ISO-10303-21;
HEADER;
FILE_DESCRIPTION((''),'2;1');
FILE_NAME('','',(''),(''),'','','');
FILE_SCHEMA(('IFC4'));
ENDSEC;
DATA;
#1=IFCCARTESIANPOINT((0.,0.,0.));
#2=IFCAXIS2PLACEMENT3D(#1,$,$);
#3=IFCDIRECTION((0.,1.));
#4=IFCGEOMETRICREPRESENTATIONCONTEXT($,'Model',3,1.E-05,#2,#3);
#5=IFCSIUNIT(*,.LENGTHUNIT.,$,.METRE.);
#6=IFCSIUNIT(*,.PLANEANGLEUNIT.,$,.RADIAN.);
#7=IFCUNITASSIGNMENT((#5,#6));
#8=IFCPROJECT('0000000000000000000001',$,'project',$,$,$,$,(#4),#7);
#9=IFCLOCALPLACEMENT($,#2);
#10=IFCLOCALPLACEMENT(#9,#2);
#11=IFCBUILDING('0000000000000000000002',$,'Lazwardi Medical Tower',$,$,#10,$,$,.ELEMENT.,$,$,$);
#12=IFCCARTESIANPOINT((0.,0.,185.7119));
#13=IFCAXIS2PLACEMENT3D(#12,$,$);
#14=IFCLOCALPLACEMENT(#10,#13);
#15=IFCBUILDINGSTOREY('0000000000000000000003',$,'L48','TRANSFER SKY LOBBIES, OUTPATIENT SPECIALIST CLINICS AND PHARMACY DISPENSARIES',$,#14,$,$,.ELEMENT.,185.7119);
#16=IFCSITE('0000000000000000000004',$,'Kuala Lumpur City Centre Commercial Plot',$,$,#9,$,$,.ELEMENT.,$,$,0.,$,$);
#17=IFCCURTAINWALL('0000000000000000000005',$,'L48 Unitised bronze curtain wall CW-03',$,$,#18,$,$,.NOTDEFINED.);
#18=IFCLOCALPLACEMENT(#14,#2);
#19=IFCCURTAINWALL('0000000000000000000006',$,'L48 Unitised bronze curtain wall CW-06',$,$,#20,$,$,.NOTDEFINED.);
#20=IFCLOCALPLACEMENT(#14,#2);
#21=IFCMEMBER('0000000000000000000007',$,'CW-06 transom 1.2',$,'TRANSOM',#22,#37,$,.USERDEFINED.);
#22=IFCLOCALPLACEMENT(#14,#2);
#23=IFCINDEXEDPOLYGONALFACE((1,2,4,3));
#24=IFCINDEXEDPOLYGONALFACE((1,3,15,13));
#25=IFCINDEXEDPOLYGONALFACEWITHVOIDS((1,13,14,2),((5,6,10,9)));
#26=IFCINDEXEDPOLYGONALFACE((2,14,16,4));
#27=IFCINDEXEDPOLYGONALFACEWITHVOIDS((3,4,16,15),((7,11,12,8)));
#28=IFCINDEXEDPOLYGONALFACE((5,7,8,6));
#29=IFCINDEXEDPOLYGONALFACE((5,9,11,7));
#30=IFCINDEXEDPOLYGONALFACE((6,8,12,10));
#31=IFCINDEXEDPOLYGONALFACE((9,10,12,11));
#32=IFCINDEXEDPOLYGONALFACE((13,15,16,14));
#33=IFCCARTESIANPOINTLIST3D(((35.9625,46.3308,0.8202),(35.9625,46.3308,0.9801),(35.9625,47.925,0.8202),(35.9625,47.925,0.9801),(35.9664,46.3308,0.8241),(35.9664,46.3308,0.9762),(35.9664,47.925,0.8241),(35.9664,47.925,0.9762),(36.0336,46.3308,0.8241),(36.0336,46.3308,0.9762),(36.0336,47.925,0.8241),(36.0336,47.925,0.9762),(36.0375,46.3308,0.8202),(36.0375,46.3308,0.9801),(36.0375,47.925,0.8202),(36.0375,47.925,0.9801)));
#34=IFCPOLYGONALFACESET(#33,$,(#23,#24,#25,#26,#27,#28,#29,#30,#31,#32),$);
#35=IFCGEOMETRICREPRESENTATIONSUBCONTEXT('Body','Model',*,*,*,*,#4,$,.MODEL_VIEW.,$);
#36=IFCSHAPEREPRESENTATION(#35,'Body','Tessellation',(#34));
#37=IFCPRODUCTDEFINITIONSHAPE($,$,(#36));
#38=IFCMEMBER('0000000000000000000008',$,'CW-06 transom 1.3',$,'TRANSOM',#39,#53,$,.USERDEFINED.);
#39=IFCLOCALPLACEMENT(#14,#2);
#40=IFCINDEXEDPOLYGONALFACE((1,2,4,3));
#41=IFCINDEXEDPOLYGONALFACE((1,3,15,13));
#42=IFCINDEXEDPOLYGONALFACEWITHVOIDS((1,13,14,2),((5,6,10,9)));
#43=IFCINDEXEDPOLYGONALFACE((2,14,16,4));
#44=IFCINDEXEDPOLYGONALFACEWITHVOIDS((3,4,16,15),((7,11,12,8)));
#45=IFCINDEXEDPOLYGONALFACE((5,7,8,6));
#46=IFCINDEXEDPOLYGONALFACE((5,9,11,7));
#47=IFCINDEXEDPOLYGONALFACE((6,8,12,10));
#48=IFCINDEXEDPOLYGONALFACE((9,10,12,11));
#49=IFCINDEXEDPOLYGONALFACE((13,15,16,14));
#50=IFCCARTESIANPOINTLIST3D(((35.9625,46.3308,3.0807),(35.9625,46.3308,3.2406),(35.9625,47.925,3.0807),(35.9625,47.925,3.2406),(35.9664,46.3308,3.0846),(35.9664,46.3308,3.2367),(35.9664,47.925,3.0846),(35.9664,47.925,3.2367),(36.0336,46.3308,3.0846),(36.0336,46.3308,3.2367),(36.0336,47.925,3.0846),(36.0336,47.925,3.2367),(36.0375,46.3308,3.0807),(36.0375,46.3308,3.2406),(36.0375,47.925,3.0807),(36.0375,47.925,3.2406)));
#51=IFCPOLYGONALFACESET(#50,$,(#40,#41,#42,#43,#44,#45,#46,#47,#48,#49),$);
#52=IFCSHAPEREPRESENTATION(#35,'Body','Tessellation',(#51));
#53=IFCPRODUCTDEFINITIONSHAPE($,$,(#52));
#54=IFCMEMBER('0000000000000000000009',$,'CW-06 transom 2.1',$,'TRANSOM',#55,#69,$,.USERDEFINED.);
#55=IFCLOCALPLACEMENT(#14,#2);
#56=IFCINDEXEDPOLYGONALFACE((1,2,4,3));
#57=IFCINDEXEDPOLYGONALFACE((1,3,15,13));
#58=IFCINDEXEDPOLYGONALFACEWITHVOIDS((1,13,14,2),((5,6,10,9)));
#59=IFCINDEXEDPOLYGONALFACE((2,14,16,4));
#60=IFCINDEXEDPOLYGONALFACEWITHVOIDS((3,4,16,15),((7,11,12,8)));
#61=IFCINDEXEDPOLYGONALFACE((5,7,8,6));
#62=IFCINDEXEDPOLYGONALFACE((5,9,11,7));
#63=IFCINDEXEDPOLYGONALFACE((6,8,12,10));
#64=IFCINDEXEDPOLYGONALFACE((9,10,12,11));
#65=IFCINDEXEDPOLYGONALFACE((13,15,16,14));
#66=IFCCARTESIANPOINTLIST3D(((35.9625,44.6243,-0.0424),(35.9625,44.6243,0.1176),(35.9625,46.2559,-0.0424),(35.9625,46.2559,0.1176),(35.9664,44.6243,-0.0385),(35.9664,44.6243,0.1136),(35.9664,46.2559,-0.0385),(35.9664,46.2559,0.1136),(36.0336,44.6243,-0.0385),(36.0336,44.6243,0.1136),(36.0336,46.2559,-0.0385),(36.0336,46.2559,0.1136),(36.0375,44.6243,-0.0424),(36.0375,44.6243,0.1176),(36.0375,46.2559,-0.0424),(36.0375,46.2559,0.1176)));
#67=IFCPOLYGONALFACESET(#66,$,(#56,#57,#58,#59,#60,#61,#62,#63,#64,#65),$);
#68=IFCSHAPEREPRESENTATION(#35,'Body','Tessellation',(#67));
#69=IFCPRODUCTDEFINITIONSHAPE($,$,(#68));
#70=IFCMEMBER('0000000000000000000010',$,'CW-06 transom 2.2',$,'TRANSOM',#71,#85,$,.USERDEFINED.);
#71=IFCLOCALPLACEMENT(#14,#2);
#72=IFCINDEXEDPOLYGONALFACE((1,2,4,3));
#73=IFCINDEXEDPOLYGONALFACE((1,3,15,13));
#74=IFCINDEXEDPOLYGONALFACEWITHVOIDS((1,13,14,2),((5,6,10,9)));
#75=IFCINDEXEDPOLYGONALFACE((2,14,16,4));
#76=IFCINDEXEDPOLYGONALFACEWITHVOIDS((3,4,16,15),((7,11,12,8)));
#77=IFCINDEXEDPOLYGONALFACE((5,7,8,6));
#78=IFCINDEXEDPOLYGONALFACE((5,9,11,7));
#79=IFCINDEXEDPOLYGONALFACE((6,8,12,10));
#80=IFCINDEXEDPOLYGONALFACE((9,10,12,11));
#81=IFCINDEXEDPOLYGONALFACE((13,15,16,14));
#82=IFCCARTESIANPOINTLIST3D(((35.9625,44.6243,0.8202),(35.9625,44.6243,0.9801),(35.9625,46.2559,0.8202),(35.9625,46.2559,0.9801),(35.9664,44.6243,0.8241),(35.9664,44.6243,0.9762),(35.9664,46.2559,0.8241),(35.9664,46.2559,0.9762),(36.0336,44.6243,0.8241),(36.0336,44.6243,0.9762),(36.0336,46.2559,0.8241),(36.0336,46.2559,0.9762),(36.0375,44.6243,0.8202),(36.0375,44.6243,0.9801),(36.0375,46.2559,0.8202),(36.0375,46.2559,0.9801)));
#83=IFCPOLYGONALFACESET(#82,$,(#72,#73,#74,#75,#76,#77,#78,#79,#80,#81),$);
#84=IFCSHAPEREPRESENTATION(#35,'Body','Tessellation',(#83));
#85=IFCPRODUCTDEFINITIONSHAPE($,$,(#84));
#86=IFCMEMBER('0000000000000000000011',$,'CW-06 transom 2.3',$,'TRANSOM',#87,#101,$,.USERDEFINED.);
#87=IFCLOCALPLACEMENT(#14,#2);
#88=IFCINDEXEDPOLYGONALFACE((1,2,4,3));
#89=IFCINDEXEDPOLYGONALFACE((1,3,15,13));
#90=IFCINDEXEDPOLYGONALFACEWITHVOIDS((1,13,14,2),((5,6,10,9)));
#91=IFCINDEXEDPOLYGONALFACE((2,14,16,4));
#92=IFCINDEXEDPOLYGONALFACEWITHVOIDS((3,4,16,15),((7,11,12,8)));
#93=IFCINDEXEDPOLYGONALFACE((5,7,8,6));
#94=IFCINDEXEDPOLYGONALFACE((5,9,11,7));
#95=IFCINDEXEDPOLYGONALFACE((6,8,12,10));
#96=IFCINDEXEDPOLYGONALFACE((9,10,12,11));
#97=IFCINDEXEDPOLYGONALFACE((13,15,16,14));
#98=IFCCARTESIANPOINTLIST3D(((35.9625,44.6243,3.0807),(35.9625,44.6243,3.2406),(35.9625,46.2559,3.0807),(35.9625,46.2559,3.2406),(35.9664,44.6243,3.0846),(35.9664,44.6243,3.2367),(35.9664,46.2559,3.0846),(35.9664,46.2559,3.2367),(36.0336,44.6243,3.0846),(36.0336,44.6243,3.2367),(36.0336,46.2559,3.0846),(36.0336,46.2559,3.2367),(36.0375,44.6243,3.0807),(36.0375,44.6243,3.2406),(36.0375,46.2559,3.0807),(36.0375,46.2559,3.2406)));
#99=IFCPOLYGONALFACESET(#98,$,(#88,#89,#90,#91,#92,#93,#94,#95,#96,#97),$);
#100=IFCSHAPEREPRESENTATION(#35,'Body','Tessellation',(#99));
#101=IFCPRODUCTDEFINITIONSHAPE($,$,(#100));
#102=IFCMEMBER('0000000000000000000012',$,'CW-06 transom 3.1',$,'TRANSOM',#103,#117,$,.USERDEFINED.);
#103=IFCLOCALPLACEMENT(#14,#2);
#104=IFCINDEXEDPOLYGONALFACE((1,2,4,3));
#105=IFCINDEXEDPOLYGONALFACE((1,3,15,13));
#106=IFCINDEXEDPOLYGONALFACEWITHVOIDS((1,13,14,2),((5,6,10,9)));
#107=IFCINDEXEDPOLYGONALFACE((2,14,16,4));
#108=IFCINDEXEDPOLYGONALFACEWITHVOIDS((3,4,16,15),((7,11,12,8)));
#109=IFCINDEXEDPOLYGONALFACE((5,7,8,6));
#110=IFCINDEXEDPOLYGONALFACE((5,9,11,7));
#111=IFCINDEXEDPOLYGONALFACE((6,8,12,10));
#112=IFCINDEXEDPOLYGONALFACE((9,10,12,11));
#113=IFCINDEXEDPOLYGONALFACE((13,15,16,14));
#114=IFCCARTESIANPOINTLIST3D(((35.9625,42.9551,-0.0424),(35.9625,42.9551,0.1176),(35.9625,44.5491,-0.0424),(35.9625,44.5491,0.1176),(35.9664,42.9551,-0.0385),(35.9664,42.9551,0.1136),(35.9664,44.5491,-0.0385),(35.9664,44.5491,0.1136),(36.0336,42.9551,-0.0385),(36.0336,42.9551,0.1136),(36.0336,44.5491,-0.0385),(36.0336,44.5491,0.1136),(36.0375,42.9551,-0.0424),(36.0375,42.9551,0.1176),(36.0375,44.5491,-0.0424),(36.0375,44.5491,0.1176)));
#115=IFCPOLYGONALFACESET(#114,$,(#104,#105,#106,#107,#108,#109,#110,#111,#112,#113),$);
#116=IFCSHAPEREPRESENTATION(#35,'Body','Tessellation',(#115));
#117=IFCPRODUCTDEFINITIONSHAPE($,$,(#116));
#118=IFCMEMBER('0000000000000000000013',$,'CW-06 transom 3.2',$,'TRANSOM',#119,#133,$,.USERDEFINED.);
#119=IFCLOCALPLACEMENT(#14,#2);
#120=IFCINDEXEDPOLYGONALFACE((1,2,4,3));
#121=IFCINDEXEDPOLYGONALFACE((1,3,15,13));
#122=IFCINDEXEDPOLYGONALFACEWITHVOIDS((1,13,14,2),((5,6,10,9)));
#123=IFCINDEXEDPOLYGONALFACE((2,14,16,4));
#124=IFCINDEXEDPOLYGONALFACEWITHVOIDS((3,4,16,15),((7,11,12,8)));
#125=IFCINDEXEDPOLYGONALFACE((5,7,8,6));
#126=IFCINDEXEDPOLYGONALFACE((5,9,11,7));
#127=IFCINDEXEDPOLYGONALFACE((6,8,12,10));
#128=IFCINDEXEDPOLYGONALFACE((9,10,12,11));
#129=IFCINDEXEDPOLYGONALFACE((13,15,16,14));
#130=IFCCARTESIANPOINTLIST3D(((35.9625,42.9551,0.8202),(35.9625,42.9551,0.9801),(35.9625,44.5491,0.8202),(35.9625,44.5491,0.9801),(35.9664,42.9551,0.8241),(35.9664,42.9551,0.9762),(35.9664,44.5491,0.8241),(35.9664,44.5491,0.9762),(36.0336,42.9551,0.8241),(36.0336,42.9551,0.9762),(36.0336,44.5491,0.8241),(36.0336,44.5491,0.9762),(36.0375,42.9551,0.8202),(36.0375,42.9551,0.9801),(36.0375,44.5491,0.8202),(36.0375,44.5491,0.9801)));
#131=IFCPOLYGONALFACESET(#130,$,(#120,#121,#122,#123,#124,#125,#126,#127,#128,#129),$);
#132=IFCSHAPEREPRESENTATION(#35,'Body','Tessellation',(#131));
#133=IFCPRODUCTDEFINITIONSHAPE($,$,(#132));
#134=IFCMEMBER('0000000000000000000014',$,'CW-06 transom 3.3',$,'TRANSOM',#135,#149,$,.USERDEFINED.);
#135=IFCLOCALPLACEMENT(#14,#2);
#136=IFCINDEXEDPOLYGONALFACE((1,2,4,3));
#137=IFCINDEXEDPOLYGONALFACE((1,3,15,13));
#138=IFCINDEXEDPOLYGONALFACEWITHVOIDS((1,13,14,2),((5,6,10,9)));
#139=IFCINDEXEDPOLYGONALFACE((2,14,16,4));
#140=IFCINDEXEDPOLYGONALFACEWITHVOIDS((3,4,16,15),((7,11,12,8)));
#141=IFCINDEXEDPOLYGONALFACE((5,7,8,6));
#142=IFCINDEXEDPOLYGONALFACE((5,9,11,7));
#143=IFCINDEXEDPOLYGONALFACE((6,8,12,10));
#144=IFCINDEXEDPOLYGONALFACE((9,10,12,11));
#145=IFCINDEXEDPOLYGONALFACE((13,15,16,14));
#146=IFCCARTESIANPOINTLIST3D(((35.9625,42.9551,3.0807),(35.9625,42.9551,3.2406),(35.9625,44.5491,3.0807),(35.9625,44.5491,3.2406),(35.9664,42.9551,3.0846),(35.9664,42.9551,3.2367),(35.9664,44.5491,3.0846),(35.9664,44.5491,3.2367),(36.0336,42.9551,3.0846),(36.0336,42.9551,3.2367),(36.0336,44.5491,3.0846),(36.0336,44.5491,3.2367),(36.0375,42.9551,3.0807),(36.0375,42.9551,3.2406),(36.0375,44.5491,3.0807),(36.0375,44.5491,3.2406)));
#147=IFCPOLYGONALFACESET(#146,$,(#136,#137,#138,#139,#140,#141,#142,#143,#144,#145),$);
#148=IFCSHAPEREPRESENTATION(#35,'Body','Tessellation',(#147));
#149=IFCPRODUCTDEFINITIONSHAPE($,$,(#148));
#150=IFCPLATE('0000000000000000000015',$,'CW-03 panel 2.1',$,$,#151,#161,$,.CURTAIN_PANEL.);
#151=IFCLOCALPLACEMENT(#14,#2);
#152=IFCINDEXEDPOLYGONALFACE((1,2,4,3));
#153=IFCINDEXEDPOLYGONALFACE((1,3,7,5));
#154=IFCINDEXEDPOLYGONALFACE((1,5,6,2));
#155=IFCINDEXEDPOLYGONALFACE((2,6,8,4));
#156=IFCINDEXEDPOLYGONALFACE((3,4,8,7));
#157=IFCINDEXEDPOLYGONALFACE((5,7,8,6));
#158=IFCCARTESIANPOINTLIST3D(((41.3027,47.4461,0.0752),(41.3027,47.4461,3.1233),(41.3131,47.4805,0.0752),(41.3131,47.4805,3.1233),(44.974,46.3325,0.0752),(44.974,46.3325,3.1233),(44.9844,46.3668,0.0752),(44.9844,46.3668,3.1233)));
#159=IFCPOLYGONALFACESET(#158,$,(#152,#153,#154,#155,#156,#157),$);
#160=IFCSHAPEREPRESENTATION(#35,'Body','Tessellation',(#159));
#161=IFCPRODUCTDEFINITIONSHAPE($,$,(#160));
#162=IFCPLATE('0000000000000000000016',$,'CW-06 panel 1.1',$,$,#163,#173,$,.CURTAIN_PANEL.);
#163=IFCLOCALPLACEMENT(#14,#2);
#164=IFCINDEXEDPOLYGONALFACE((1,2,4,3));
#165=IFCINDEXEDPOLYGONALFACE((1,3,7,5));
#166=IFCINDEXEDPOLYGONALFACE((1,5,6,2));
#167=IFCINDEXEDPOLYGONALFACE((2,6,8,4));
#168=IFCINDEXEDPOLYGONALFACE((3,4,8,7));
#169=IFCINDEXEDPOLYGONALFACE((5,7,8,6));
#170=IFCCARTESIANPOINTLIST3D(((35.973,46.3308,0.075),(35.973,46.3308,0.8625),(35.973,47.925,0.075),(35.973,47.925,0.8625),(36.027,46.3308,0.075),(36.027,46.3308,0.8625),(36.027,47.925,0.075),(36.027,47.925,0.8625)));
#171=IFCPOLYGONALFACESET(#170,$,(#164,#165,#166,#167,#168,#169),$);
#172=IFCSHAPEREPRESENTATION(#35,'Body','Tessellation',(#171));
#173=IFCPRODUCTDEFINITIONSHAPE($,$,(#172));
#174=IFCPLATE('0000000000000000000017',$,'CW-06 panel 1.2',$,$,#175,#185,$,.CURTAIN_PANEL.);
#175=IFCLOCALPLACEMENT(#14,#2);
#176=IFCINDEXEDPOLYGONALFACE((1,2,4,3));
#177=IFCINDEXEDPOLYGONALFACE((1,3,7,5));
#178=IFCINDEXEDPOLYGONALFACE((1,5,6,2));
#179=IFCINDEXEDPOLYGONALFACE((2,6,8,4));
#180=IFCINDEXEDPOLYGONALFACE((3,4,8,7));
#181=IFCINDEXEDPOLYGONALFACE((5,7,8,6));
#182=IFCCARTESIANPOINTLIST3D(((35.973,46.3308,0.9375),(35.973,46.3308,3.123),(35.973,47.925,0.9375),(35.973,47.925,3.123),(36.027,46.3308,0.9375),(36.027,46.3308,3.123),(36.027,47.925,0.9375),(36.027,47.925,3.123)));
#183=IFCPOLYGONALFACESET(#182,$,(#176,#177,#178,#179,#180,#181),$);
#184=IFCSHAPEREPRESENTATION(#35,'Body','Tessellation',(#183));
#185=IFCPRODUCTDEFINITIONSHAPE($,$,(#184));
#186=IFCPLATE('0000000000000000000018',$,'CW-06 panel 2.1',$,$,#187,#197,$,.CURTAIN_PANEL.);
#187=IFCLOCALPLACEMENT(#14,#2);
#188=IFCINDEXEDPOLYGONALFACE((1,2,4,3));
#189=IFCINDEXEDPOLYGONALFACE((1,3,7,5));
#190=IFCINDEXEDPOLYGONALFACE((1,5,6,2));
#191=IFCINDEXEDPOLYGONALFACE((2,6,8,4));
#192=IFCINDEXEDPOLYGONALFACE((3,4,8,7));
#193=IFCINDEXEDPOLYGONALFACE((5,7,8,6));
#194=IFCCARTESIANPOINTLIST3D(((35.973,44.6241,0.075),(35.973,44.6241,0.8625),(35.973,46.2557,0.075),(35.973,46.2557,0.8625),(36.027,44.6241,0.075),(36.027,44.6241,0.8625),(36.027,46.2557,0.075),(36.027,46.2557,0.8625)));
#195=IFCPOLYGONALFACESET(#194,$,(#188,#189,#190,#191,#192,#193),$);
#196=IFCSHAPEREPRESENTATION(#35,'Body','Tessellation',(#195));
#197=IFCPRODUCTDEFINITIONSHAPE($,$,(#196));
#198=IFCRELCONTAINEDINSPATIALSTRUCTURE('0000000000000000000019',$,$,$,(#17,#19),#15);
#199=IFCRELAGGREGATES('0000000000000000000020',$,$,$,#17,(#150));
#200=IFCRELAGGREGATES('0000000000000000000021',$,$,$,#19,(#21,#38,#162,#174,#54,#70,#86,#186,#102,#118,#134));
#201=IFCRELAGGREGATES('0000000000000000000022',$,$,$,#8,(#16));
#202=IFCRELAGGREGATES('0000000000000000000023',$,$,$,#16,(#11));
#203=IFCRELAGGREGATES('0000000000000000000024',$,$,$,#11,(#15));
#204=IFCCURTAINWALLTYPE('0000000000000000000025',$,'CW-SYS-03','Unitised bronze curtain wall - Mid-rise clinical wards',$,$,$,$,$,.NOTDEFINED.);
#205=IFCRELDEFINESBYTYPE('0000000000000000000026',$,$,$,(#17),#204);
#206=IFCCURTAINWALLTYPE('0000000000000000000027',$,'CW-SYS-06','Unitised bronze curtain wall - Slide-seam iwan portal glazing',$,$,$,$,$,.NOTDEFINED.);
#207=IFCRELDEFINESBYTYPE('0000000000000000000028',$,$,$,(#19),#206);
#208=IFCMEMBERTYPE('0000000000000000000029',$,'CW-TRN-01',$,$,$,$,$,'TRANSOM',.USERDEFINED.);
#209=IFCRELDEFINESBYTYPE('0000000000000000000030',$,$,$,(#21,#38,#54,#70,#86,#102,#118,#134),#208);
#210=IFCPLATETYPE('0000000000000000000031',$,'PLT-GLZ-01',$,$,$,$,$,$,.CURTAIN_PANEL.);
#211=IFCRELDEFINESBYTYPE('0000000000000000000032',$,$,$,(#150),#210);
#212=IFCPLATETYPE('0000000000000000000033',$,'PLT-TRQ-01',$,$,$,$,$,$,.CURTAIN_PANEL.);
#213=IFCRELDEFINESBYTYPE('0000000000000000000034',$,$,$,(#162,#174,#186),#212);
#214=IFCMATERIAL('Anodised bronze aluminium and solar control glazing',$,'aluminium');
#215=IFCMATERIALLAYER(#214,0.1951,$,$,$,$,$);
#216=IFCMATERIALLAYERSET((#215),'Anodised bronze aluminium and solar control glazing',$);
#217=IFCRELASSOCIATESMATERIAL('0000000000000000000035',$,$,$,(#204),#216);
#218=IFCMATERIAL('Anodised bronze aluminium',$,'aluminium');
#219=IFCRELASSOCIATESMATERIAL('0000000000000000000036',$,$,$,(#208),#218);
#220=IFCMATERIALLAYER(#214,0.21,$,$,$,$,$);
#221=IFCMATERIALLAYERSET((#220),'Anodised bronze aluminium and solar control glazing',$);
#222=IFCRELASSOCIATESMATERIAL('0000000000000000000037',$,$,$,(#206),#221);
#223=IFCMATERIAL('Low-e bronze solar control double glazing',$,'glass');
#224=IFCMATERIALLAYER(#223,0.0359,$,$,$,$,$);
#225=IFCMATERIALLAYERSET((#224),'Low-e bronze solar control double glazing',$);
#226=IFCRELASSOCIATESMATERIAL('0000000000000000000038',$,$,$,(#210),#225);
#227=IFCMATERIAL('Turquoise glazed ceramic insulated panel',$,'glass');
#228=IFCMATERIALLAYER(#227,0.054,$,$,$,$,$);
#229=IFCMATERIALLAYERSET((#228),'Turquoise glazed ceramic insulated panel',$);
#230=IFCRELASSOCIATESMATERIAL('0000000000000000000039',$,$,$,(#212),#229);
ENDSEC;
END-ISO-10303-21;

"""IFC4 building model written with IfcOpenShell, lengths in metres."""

from ifc_helpers import new_model, si_unit, direction, frame, origin, origin_2d, place, context, subcontext, project, spatial, rectangle, hollow_rectangle, extrude, material, layer, layer_set, material_profile, profile_set, type_object, element, aggregate, save


model = new_model("IFC4")

# Units and contexts
model_context = context("Model", 3, precision=1e-05, world=origin(), true_north=direction((0.0, 1.0)))
body_context = subcontext(model_context, "Body", "Model", "MODEL_VIEW")
ifc_project = project(units=[si_unit("LENGTHUNIT", "METRE"), si_unit("PLANEANGLEUNIT", "RADIAN")], contexts=[model_context])

# Site, building, storey
site_placement = place(None, origin())
site = spatial("IfcSite", under=ifc_project, at=site_placement, Name="Kuala Lumpur City Centre Commercial Plot", CompositionType="ELEMENT", RefElevation=0.0)
building_placement = place(site_placement, origin())
building = spatial("IfcBuilding", under=site, at=building_placement, Name="Lazwardi Medical Tower", CompositionType="ELEMENT")
storey_placement = place(building_placement, frame((0.0, 0.0, 185.7119)))
storey = spatial("IfcBuildingStorey", under=building, at=storey_placement, Name="L48", Description="TRANSFER SKY LOBBIES, OUTPATIENT SPECIALIST CLINICS AND PHARMACY DISPENSARIES", CompositionType="ELEMENT", Elevation=185.7119)

# Curtain walls, members
ifc_material_1 = material(Name="Anodised bronze aluminium and solar control glazing", Category="aluminium")
ifc_layer_1 = layer(ifc_material_1, 0.1951)
ifc_layer_set_1 = layer_set([ifc_layer_1], Name="Anodised bronze aluminium and solar control glazing")
curtain_wall_type_1 = type_object("IfcCurtainWallType", Name="CW-SYS-03", Description="Unitised bronze curtain wall - Mid-rise clinical wards", PredefinedType="NOTDEFINED", material=ifc_layer_set_1)
curtain_wall_1_placement = place(storey_placement, origin())
curtain_wall_1 = element("IfcCurtainWall", 1, at=curtain_wall_1_placement, inside=storey, type_object=curtain_wall_type_1, Name="L48 Unitised bronze curtain wall CW-03", PredefinedType="NOTDEFINED")
ifc_material_2 = material(Name="Anodised bronze aluminium", Category="aluminium")
ifc_material_profile_1 = material_profile(ifc_material_2, hollow_rectangle(XDim=0.075, YDim=0.1599, WallThickness=0.0039, at=origin_2d()), Name="ALU-TRANSOM 160x75x4")
ifc_profile_set_1 = profile_set([ifc_material_profile_1], Name="Anodised bronze aluminium")
member_type_1 = type_object("IfcMemberType", Name="CW-TRN-01", ElementType="TRANSOM", PredefinedType="USERDEFINED", material=ifc_profile_set_1)
ifc_layer_2 = layer(ifc_material_1, 0.21)
ifc_layer_set_2 = layer_set([ifc_layer_2], Name="Anodised bronze aluminium and solar control glazing")
curtain_wall_type_2 = type_object("IfcCurtainWallType", Name="CW-SYS-06", Description="Unitised bronze curtain wall - Slide-seam iwan portal glazing", PredefinedType="NOTDEFINED", material=ifc_layer_set_2)
curtain_wall_2_placement = place(storey_placement, origin())
curtain_wall_2 = element("IfcCurtainWall", 2, at=curtain_wall_2_placement, inside=storey, type_object=curtain_wall_type_2, Name="L48 Unitised bronze curtain wall CW-06", PredefinedType="NOTDEFINED")
member_1_placement = place(storey_placement, frame((36.0, 47.925, 0.9001), z_axis=(0.0, -1.0, 0.0), x_axis=(1.0, 0.0, 0.0)))
member_1 = element("IfcMember", 3, at=member_1_placement, type_object=member_type_1, Name="CW-06 transom 1.2", ObjectType="TRANSOM", PredefinedType="USERDEFINED", context=body_context, shape_type="SweptSolid", body=[
    extrude(hollow_rectangle(XDim=0.075, YDim=0.1599, WallThickness=0.0039, at=origin_2d()), origin(), (0.0, 0.0, 1.0), 1.5942),
])
member_2_placement = place(storey_placement, frame((36.0, 47.925, 3.1606), z_axis=(0.0, -1.0, 0.0), x_axis=(1.0, 0.0, 0.0)))
member_2 = element("IfcMember", 4, at=member_2_placement, type_object=member_type_1, Name="CW-06 transom 1.3", ObjectType="TRANSOM", PredefinedType="USERDEFINED", context=body_context, shape_type="SweptSolid", body=[
    extrude(hollow_rectangle(XDim=0.075, YDim=0.1599, WallThickness=0.0039, at=origin_2d()), origin(), (0.0, 0.0, 1.0), 1.5942),
])
member_3_placement = place(storey_placement, frame((36.0, 46.2559, 0.0376), z_axis=(0.0, -1.0, 0.0), x_axis=(1.0, 0.0, 0.0)))
member_3 = element("IfcMember", 5, at=member_3_placement, type_object=member_type_1, Name="CW-06 transom 2.1", ObjectType="TRANSOM", PredefinedType="USERDEFINED", context=body_context, shape_type="SweptSolid", body=[
    extrude(hollow_rectangle(XDim=0.075, YDim=0.1599, WallThickness=0.0039, at=origin_2d()), origin(), (0.0, 0.0, 1.0), 1.6316),
])
member_4_placement = place(storey_placement, frame((36.0, 46.2559, 0.9001), z_axis=(0.0, -1.0, 0.0), x_axis=(1.0, 0.0, 0.0)))
member_4 = element("IfcMember", 6, at=member_4_placement, type_object=member_type_1, Name="CW-06 transom 2.2", ObjectType="TRANSOM", PredefinedType="USERDEFINED", context=body_context, shape_type="SweptSolid", body=[
    extrude(hollow_rectangle(XDim=0.075, YDim=0.1599, WallThickness=0.0039, at=origin_2d()), origin(), (0.0, 0.0, 1.0), 1.6316),
])
member_5_placement = place(storey_placement, frame((36.0, 46.2559, 3.1606), z_axis=(0.0, -1.0, 0.0), x_axis=(1.0, 0.0, 0.0)))
member_5 = element("IfcMember", 7, at=member_5_placement, type_object=member_type_1, Name="CW-06 transom 2.3", ObjectType="TRANSOM", PredefinedType="USERDEFINED", context=body_context, shape_type="SweptSolid", body=[
    extrude(hollow_rectangle(XDim=0.075, YDim=0.1599, WallThickness=0.0039, at=origin_2d()), origin(), (0.0, 0.0, 1.0), 1.6316),
])
member_6_placement = place(storey_placement, frame((36.0, 44.5491, 0.0376), z_axis=(0.0, -1.0, 0.0), x_axis=(1.0, 0.0, 0.0)))
member_6 = element("IfcMember", 8, at=member_6_placement, type_object=member_type_1, Name="CW-06 transom 3.1", ObjectType="TRANSOM", PredefinedType="USERDEFINED", context=body_context, shape_type="SweptSolid", body=[
    extrude(hollow_rectangle(XDim=0.075, YDim=0.1599, WallThickness=0.0039, at=origin_2d()), origin(), (0.0, 0.0, 1.0), 1.594),
])
member_7_placement = place(storey_placement, frame((36.0, 44.5491, 0.9001), z_axis=(0.0, -1.0, 0.0), x_axis=(1.0, 0.0, 0.0)))
member_7 = element("IfcMember", 9, at=member_7_placement, type_object=member_type_1, Name="CW-06 transom 3.2", ObjectType="TRANSOM", PredefinedType="USERDEFINED", context=body_context, shape_type="SweptSolid", body=[
    extrude(hollow_rectangle(XDim=0.075, YDim=0.1599, WallThickness=0.0039, at=origin_2d()), origin(), (0.0, 0.0, 1.0), 1.594),
])
member_8_placement = place(storey_placement, frame((36.0, 44.5491, 3.1606), z_axis=(0.0, -1.0, 0.0), x_axis=(1.0, 0.0, 0.0)))
member_8 = element("IfcMember", 10, at=member_8_placement, type_object=member_type_1, Name="CW-06 transom 3.3", ObjectType="TRANSOM", PredefinedType="USERDEFINED", context=body_context, shape_type="SweptSolid", body=[
    extrude(hollow_rectangle(XDim=0.075, YDim=0.1599, WallThickness=0.0039, at=origin_2d()), origin(), (0.0, 0.0, 1.0), 1.594),
])

# Plates
ifc_material_3 = material(Name="Low-e bronze solar control double glazing", Category="glass")
ifc_layer_3 = layer(ifc_material_3, 0.0359)
ifc_layer_set_3 = layer_set([ifc_layer_3], Name="Low-e bronze solar control double glazing")
plate_type_1 = type_object("IfcPlateType", Name="PLT-GLZ-01", PredefinedType="CURTAIN_PANEL", material=ifc_layer_set_3)
plate_1_placement = place(storey_placement, frame((43.1436, 46.9065, 0.0752), z_axis=(0.0, 0.0, 1.0), x_axis=(-0.956942, 0.290281, 0.0)))
plate_1 = element("IfcPlate", 11, at=plate_1_placement, type_object=plate_type_1, Name="CW-03 panel 2.1", PredefinedType="CURTAIN_PANEL", context=body_context, shape_type="SweptSolid", body=[
    extrude(rectangle(XDim=3.8364, YDim=0.0359, at=origin_2d()), origin(), (0.0, 0.0, 1.0), 3.0481),
])
aggregate(curtain_wall_1, [plate_1])
ifc_material_4 = material(Name="Turquoise glazed ceramic insulated panel", Category="glass")
ifc_layer_4 = layer(ifc_material_4, 0.054)
ifc_layer_set_4 = layer_set([ifc_layer_4], Name="Turquoise glazed ceramic insulated panel")
plate_type_2 = type_object("IfcPlateType", Name="PLT-TRQ-01", PredefinedType="CURTAIN_PANEL", material=ifc_layer_set_4)
plate_2_placement = place(storey_placement, frame((36.0, 47.1279, 0.075), z_axis=(0.0, 0.0, 1.0), x_axis=(0.0, -1.0, 0.0)))
plate_2 = element("IfcPlate", 12, at=plate_2_placement, type_object=plate_type_2, Name="CW-06 panel 1.1", PredefinedType="CURTAIN_PANEL", context=body_context, shape_type="SweptSolid", body=[
    extrude(rectangle(XDim=1.5942, YDim=0.054, at=origin_2d()), origin(), (0.0, 0.0, 1.0), 0.7876),
])
plate_3_placement = place(storey_placement, frame((36.0, 47.1279, 0.9375), z_axis=(0.0, 0.0, 1.0), x_axis=(0.0, -1.0, 0.0)))
plate_3 = element("IfcPlate", 13, at=plate_3_placement, type_object=plate_type_2, Name="CW-06 panel 1.2", PredefinedType="CURTAIN_PANEL", context=body_context, shape_type="SweptSolid", body=[
    extrude(rectangle(XDim=1.5942, YDim=0.054, at=origin_2d()), origin(), (0.0, 0.0, 1.0), 2.1855),
])
plate_4_placement = place(storey_placement, frame((36.0, 45.4399, 0.075), z_axis=(0.0, 0.0, 1.0), x_axis=(0.0, -1.0, 0.0)))
plate_4 = element("IfcPlate", 14, at=plate_4_placement, type_object=plate_type_2, Name="CW-06 panel 2.1", PredefinedType="CURTAIN_PANEL", context=body_context, shape_type="SweptSolid", body=[
    extrude(rectangle(XDim=1.6316, YDim=0.054, at=origin_2d()), origin(), (0.0, 0.0, 1.0), 0.7876),
])
aggregate(curtain_wall_2, [member_1, member_2, plate_2, plate_3, member_3, member_4, member_5, plate_4, member_6, member_7, member_8])

save(model, "model.ifc")
